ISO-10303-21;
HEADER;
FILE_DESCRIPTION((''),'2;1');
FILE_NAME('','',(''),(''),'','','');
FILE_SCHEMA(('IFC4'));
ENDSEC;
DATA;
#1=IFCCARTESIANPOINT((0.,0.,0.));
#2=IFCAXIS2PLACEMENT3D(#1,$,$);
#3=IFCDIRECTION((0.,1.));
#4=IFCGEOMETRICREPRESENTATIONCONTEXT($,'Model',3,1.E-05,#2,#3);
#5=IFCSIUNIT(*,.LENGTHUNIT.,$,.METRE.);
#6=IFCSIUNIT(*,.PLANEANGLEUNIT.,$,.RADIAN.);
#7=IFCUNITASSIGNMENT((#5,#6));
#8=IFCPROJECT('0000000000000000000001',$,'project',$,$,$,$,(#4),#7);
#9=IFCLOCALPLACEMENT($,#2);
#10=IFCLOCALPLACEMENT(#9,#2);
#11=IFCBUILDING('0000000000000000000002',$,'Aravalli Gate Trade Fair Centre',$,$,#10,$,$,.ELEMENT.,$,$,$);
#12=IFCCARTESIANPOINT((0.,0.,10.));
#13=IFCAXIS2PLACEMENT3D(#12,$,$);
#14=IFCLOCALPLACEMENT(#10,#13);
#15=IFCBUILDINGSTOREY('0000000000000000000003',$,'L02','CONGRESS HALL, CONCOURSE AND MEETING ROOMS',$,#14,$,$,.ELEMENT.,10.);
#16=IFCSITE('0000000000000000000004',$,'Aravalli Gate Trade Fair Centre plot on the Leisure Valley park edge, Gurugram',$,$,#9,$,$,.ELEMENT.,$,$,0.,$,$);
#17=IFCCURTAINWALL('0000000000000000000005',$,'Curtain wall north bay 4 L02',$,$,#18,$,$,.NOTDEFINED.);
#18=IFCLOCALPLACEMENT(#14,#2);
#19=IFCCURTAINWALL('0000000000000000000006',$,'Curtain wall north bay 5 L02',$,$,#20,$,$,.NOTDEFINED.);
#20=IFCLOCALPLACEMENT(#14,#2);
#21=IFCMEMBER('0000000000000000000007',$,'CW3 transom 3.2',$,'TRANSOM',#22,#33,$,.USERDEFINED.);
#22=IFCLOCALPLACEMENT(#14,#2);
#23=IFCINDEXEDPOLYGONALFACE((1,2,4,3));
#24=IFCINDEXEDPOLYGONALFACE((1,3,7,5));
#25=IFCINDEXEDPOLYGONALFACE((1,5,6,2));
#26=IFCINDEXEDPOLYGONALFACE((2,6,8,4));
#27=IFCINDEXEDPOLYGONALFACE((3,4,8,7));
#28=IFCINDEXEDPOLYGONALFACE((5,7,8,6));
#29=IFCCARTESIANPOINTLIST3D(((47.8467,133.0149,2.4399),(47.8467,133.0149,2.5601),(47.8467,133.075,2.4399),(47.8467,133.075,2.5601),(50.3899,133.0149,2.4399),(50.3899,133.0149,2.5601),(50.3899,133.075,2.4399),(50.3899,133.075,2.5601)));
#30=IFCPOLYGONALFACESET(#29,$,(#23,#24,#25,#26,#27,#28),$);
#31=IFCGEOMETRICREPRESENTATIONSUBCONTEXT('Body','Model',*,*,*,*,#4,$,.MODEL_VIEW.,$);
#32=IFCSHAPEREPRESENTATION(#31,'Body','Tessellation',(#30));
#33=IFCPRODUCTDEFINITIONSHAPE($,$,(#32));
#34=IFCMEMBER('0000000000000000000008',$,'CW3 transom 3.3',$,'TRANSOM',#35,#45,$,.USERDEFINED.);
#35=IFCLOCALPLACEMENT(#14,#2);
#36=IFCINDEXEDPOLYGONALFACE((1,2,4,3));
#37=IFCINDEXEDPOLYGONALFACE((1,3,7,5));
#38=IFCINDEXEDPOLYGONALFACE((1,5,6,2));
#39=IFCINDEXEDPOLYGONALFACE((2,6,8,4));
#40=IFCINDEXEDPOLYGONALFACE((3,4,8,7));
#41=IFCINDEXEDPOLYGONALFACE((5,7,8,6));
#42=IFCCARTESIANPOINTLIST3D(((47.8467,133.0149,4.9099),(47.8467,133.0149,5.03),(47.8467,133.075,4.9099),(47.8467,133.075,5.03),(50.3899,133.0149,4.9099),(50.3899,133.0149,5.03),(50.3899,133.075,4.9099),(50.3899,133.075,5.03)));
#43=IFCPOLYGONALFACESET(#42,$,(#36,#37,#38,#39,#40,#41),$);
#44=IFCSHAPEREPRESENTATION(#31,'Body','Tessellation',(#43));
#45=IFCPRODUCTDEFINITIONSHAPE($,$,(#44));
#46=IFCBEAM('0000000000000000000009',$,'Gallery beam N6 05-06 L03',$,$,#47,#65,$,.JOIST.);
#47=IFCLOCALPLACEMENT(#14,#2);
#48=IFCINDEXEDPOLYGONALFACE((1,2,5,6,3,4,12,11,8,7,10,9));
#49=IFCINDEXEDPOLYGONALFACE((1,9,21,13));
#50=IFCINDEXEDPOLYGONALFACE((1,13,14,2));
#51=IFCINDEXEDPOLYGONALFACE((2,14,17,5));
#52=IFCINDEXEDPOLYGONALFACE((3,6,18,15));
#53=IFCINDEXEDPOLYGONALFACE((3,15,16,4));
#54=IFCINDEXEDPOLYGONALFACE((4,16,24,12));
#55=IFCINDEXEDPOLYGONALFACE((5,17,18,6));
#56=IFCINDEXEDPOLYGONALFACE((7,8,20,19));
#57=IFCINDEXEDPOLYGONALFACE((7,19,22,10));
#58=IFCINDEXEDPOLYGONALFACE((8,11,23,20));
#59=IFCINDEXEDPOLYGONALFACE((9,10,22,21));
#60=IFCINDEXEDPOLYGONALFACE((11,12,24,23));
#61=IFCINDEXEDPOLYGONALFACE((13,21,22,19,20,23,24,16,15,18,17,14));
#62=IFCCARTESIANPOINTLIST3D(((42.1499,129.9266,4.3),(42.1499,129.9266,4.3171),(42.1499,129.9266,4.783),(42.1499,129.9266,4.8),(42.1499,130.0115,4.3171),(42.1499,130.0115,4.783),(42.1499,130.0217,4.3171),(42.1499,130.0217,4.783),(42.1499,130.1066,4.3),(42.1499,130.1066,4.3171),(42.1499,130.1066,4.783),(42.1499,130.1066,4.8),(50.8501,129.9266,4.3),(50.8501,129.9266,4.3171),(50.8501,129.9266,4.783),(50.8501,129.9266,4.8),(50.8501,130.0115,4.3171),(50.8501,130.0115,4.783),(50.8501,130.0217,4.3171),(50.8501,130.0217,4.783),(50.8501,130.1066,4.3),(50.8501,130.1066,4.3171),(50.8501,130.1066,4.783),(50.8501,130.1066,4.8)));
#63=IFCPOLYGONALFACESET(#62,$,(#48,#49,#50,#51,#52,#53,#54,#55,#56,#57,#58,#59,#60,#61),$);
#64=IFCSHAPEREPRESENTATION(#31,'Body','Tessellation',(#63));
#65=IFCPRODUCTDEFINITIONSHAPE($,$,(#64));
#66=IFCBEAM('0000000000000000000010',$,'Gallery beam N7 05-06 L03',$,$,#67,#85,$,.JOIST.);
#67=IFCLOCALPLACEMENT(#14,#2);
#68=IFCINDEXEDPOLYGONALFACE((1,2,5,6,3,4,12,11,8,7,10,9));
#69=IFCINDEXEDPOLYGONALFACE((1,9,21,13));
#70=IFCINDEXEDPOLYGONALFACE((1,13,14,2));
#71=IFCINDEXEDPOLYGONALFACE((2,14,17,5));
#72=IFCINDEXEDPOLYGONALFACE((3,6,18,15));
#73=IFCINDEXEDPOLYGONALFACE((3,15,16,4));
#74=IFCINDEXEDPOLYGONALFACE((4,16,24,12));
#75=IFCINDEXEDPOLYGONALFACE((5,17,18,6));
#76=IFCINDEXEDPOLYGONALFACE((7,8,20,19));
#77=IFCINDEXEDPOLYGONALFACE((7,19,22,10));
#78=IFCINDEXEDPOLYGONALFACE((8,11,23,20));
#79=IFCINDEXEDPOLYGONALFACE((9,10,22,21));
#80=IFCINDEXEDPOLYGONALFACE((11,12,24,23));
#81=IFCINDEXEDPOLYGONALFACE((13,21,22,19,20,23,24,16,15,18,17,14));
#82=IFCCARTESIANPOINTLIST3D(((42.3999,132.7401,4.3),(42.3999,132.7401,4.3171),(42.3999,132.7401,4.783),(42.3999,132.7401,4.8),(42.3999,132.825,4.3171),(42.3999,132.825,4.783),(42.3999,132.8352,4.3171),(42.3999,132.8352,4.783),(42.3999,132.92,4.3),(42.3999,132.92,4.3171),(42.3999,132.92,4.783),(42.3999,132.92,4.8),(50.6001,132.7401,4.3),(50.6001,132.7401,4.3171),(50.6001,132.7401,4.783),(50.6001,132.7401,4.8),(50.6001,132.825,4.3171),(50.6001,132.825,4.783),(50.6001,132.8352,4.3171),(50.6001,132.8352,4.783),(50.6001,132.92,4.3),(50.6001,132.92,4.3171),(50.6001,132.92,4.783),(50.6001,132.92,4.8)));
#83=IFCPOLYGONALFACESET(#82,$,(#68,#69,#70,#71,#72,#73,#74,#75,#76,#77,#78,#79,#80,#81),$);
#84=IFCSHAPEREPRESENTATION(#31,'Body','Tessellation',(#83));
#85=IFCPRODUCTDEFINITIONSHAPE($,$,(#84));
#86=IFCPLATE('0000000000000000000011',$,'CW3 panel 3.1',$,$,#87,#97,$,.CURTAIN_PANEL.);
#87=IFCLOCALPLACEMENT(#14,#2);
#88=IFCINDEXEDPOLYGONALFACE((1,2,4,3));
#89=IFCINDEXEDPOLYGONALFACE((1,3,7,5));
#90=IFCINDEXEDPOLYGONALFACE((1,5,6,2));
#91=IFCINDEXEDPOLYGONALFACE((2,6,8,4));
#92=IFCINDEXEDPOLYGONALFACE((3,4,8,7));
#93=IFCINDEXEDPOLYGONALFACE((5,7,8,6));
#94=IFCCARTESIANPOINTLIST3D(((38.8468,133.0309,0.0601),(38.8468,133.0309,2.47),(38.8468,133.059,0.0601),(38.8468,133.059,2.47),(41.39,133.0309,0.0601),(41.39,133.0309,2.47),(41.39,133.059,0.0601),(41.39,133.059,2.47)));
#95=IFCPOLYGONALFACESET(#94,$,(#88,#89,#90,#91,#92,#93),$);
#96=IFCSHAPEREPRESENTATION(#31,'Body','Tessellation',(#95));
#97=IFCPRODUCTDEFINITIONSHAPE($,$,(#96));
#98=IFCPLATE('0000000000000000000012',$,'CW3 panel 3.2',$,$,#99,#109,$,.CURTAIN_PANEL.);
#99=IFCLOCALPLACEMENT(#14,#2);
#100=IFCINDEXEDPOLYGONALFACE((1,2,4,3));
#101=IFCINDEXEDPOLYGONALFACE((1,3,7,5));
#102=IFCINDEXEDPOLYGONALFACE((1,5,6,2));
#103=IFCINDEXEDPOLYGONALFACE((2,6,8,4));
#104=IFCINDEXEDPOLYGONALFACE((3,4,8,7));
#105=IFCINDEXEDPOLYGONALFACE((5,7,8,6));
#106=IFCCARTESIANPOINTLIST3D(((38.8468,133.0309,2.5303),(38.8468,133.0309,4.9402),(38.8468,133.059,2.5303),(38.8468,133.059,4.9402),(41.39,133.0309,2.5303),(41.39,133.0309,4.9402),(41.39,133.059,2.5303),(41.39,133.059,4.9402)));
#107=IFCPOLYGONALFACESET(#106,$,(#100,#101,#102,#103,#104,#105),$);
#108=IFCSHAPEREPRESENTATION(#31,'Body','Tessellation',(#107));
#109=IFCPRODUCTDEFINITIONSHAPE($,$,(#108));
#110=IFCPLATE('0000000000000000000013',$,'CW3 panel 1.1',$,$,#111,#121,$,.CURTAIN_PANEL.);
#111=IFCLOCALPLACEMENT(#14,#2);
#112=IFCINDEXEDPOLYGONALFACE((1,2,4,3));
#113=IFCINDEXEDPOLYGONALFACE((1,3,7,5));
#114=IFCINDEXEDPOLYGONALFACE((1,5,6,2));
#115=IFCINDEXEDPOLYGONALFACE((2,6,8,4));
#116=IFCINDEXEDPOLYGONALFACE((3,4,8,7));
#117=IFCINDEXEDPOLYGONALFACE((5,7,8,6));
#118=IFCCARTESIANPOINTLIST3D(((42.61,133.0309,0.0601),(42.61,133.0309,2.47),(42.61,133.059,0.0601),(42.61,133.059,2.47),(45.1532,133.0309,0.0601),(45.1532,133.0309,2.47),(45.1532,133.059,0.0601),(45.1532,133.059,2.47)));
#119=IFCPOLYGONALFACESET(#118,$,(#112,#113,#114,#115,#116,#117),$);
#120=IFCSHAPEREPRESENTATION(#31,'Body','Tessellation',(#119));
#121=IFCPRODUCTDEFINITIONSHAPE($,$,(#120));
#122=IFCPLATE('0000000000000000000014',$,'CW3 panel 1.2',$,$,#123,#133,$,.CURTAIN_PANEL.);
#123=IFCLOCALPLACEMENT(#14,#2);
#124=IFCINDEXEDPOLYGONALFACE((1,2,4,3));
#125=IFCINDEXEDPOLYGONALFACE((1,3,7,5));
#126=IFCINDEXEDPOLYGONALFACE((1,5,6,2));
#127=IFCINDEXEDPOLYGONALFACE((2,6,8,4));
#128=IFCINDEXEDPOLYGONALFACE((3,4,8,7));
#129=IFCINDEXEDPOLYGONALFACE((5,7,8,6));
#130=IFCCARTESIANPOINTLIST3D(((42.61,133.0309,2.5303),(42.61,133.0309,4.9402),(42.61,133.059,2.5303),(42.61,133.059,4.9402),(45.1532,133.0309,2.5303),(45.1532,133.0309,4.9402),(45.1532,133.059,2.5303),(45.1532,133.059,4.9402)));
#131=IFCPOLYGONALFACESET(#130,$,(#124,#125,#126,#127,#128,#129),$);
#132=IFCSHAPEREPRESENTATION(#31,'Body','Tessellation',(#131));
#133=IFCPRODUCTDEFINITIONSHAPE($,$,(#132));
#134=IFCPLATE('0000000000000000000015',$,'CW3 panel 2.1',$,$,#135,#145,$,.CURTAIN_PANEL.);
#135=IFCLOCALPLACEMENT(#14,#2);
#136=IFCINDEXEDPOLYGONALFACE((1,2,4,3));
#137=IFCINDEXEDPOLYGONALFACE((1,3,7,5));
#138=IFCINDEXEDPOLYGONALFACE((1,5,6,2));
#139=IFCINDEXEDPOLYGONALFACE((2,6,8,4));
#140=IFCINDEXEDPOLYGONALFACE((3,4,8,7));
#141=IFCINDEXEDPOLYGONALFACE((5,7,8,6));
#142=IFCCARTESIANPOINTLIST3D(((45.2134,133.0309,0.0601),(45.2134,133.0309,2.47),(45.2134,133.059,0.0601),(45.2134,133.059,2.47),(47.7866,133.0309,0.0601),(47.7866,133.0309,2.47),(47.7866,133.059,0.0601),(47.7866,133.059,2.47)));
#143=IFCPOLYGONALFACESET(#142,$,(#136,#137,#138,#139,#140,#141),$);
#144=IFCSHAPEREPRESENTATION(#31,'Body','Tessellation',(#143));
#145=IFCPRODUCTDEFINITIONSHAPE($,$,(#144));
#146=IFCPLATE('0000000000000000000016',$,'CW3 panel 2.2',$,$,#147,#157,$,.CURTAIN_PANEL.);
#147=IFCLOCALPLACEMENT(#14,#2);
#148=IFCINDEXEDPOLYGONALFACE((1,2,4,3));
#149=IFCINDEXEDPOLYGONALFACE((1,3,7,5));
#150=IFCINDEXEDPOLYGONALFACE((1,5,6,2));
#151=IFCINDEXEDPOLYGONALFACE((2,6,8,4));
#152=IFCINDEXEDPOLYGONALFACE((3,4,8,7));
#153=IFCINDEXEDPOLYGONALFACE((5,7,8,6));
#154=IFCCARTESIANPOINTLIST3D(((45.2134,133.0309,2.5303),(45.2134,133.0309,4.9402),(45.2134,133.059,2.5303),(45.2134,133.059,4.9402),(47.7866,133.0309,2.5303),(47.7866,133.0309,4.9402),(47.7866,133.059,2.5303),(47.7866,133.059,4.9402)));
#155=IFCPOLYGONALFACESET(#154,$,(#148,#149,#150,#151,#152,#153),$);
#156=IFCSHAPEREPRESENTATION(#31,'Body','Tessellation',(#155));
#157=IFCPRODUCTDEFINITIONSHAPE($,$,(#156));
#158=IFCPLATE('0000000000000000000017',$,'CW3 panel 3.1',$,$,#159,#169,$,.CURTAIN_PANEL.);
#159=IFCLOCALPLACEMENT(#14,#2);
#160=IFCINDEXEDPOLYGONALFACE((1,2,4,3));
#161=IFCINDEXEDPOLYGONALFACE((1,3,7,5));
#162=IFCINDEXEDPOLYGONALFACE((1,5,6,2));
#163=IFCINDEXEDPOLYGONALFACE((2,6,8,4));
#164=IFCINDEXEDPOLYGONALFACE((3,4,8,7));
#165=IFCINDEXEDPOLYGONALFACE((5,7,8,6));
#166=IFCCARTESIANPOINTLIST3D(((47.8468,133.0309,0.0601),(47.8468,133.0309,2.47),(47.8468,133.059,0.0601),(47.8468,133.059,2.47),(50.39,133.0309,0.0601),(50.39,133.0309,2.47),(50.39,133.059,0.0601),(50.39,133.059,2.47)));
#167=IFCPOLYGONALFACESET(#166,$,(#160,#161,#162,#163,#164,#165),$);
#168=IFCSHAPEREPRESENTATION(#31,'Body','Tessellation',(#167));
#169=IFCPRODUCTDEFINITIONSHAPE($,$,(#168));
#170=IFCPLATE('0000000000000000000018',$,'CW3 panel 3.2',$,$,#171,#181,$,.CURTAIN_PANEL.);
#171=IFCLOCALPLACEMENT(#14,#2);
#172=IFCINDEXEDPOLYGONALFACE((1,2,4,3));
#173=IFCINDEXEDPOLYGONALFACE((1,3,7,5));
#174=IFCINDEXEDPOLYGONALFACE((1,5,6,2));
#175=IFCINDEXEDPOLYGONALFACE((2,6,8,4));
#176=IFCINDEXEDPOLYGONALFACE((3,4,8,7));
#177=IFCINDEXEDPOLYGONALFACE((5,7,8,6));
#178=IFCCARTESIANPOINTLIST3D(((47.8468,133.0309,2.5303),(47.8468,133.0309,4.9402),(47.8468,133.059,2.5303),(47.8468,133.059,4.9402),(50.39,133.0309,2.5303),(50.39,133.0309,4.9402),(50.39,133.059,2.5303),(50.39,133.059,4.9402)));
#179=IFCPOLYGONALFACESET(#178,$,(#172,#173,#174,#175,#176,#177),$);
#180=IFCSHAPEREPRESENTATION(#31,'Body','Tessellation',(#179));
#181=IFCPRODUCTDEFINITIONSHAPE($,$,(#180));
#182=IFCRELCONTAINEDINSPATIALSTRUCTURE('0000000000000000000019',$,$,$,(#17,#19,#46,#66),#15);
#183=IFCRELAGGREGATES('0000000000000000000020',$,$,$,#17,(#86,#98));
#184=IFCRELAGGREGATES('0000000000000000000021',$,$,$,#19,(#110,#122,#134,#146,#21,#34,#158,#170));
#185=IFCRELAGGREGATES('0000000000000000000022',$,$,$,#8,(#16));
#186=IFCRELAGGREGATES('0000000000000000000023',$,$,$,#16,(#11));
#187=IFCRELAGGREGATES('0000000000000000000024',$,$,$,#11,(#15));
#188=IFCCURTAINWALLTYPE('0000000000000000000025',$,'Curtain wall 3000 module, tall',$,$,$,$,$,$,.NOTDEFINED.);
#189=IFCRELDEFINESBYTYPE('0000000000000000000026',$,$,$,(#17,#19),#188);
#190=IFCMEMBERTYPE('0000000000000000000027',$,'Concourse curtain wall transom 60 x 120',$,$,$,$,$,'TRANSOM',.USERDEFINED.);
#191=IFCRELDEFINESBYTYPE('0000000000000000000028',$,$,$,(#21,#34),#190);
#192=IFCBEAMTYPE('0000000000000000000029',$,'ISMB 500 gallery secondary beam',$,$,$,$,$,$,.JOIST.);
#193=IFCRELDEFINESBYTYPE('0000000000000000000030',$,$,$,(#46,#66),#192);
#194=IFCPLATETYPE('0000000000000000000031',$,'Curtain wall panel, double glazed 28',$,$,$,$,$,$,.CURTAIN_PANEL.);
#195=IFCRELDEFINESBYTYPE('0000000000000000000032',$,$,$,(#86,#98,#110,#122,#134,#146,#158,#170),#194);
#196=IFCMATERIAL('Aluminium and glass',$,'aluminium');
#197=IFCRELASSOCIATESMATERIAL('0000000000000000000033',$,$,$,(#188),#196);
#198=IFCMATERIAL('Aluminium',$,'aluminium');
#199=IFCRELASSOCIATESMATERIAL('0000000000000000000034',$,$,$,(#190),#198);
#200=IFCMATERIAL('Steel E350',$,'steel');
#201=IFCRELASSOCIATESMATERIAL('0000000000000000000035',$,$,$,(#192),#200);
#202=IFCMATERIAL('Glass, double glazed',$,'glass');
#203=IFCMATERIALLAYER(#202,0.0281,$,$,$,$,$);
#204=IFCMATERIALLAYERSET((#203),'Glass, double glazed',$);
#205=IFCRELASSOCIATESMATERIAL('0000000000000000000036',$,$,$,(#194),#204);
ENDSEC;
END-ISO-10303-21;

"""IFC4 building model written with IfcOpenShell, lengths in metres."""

from ifc_helpers import new_model, si_unit, direction, frame, origin, origin_2d, place, context, subcontext, project, spatial, rectangle, i_section, extrude, material, layer, layer_set, material_profile, profile_set, type_object, element, aggregate, save


model = new_model("IFC4")

# Units and contexts
model_context = context("Model", 3, precision=1e-05, world=origin(), true_north=direction((0.0, 1.0)))
body_context = subcontext(model_context, "Body", "Model", "MODEL_VIEW")
ifc_project = project(units=[si_unit("LENGTHUNIT", "METRE"), si_unit("PLANEANGLEUNIT", "RADIAN")], contexts=[model_context])

# Site, building, storey
site_placement = place(None, origin())
site = spatial("IfcSite", under=ifc_project, at=site_placement, Name="Aravalli Gate Trade Fair Centre plot on the Leisure Valley park edge, Gurugram", CompositionType="ELEMENT", RefElevation=0.0)
building_placement = place(site_placement, origin())
building = spatial("IfcBuilding", under=site, at=building_placement, Name="Aravalli Gate Trade Fair Centre", CompositionType="ELEMENT")
storey_placement = place(building_placement, frame((0.0, 0.0, 10.0)))
storey = spatial("IfcBuildingStorey", under=building, at=storey_placement, Name="L02", Description="CONGRESS HALL, CONCOURSE AND MEETING ROOMS", CompositionType="ELEMENT", Elevation=10.0)

# Curtain wall
ifc_material_1 = material(Name="Aluminium and glass", Category="aluminium")
curtain_wall_type = type_object("IfcCurtainWallType", Name="Curtain wall 3000 module, tall", PredefinedType="NOTDEFINED", material=ifc_material_1)
curtain_wall_1_placement = place(storey_placement, origin())
curtain_wall_1 = element("IfcCurtainWall", 1, at=curtain_wall_1_placement, inside=storey, type_object=curtain_wall_type, Name="Curtain wall north bay 4 L02", PredefinedType="NOTDEFINED")
ifc_material_2 = material(Name="Aluminium", Category="aluminium")

# Curtain wall
curtain_wall_2_placement = place(storey_placement, origin())
curtain_wall_2 = element("IfcCurtainWall", 2, at=curtain_wall_2_placement, inside=storey, type_object=curtain_wall_type, Name="Curtain wall north bay 5 L02", PredefinedType="NOTDEFINED")

# Members
ifc_material_profile_1 = material_profile(ifc_material_2, rectangle(XDim=0.0601, YDim=0.1201, at=origin_2d()), Name="Concourse curtain wall transom 60 x 120")
ifc_profile_set_1 = profile_set([ifc_material_profile_1], Name="Aluminium")
member_type_1 = type_object("IfcMemberType", Name="Concourse curtain wall transom 60 x 120", ElementType="TRANSOM", PredefinedType="USERDEFINED", material=ifc_profile_set_1)
member_1_placement = place(storey_placement, frame((47.8467, 133.0449, 2.5), z_axis=(1.0, 0.0, 0.0), x_axis=(0.0, 1.0, 0.0)))
member_1 = element("IfcMember", 3, at=member_1_placement, type_object=member_type_1, Name="CW3 transom 3.2", ObjectType="TRANSOM", PredefinedType="USERDEFINED", context=body_context, shape_type="SweptSolid", body=[
    extrude(rectangle(XDim=0.0601, YDim=0.1201, at=origin_2d()), origin(), (0.0, 0.0, 1.0), 2.5432),
])
member_2_placement = place(storey_placement, frame((47.8467, 133.0449, 4.97), z_axis=(1.0, 0.0, 0.0), x_axis=(0.0, 1.0, 0.0)))
member_2 = element("IfcMember", 4, at=member_2_placement, type_object=member_type_1, Name="CW3 transom 3.3", ObjectType="TRANSOM", PredefinedType="USERDEFINED", context=body_context, shape_type="SweptSolid", body=[
    extrude(rectangle(XDim=0.0601, YDim=0.1201, at=origin_2d()), origin(), (0.0, 0.0, 1.0), 2.5432),
])

# Beams
ifc_material_3 = material(Name="Steel E350", Category="steel")
ifc_material_profile_2 = material_profile(ifc_material_3, i_section(OverallWidth=0.1799, OverallDepth=0.5, WebThickness=0.0103, FlangeThickness=0.0171, at=origin_2d()), Name="ISMB 500")
ifc_profile_set_2 = profile_set([ifc_material_profile_2], Name="Steel E350")
beam_type = type_object("IfcBeamType", Name="ISMB 500 gallery secondary beam", PredefinedType="JOIST", material=ifc_profile_set_2)
beam_1_placement = place(storey_placement, frame((42.1499, 130.0166, 4.55), z_axis=(1.0, 0.0, 0.0), x_axis=(0.0, 1.0, 0.0)))
element("IfcBeam", 5, at=beam_1_placement, inside=storey, type_object=beam_type, Name="Gallery beam N6 05-06 L03", PredefinedType="JOIST", context=body_context, shape_type="SweptSolid", body=[
    extrude(i_section(OverallWidth=0.1799, OverallDepth=0.5, WebThickness=0.0103, FlangeThickness=0.0171, at=origin_2d()), origin(), (0.0, 0.0, 1.0), 8.7002),
])
beam_2_placement = place(storey_placement, frame((42.3999, 132.8301, 4.55), z_axis=(1.0, 0.0, 0.0), x_axis=(0.0, 1.0, 0.0)))
element("IfcBeam", 6, at=beam_2_placement, inside=storey, type_object=beam_type, Name="Gallery beam N7 05-06 L03", PredefinedType="JOIST", context=body_context, shape_type="SweptSolid", body=[
    extrude(i_section(OverallWidth=0.1799, OverallDepth=0.5, WebThickness=0.0103, FlangeThickness=0.0171, at=origin_2d()), origin(), (0.0, 0.0, 1.0), 8.2002),
])

# Plates
ifc_material_4 = material(Name="Glass, double glazed", Category="glass")
ifc_layer = layer(ifc_material_4, 0.0281)
ifc_layer_set = layer_set([ifc_layer], Name="Glass, double glazed")
plate_type = type_object("IfcPlateType", Name="Curtain wall panel, double glazed 28", PredefinedType="CURTAIN_PANEL", material=ifc_layer_set)
plate_1_placement = place(storey_placement, frame((40.1184, 133.0449, 0.0601), z_axis=(0.0, 0.0, 1.0), x_axis=(1.0, 0.0, 0.0)))
plate_1 = element("IfcPlate", 7, at=plate_1_placement, type_object=plate_type, Name="CW3 panel 3.1", PredefinedType="CURTAIN_PANEL", context=body_context, shape_type="SweptSolid", body=[
    extrude(rectangle(XDim=2.5432, YDim=0.0281, at=origin_2d()), origin(), (0.0, 0.0, 1.0), 2.4099),
])
plate_2_placement = place(storey_placement, frame((40.1184, 133.0449, 2.5303), z_axis=(0.0, 0.0, 1.0), x_axis=(1.0, 0.0, 0.0)))
plate_2 = element("IfcPlate", 8, at=plate_2_placement, type_object=plate_type, Name="CW3 panel 3.2", PredefinedType="CURTAIN_PANEL", context=body_context, shape_type="SweptSolid", body=[
    extrude(rectangle(XDim=2.5432, YDim=0.0281, at=origin_2d()), origin(), (0.0, 0.0, 1.0), 2.4099),
])
aggregate(curtain_wall_1, [plate_1, plate_2])
plate_3_placement = place(storey_placement, frame((43.8816, 133.0449, 0.0601), z_axis=(0.0, 0.0, 1.0), x_axis=(1.0, 0.0, 0.0)))
plate_3 = element("IfcPlate", 9, at=plate_3_placement, type_object=plate_type, Name="CW3 panel 1.1", PredefinedType="CURTAIN_PANEL", context=body_context, shape_type="SweptSolid", body=[
    extrude(rectangle(XDim=2.5432, YDim=0.0281, at=origin_2d()), origin(), (0.0, 0.0, 1.0), 2.4099),
])
plate_4_placement = place(storey_placement, frame((43.8816, 133.0449, 2.5303), z_axis=(0.0, 0.0, 1.0), x_axis=(1.0, 0.0, 0.0)))
plate_4 = element("IfcPlate", 10, at=plate_4_placement, type_object=plate_type, Name="CW3 panel 1.2", PredefinedType="CURTAIN_PANEL", context=body_context, shape_type="SweptSolid", body=[
    extrude(rectangle(XDim=2.5432, YDim=0.0281, at=origin_2d()), origin(), (0.0, 0.0, 1.0), 2.4099),
])
plate_5_placement = place(storey_placement, frame((46.5, 133.0449, 0.0601), z_axis=(0.0, 0.0, 1.0), x_axis=(1.0, 0.0, 0.0)))
plate_5 = element("IfcPlate", 11, at=plate_5_placement, type_object=plate_type, Name="CW3 panel 2.1", PredefinedType="CURTAIN_PANEL", context=body_context, shape_type="SweptSolid", body=[
    extrude(rectangle(XDim=2.5732, YDim=0.0281, at=origin_2d()), origin(), (0.0, 0.0, 1.0), 2.4099),
])
plate_6_placement = place(storey_placement, frame((46.5, 133.0449, 2.5303), z_axis=(0.0, 0.0, 1.0), x_axis=(1.0, 0.0, 0.0)))
plate_6 = element("IfcPlate", 12, at=plate_6_placement, type_object=plate_type, Name="CW3 panel 2.2", PredefinedType="CURTAIN_PANEL", context=body_context, shape_type="SweptSolid", body=[
    extrude(rectangle(XDim=2.5732, YDim=0.0281, at=origin_2d()), origin(), (0.0, 0.0, 1.0), 2.4099),
])
plate_7_placement = place(storey_placement, frame((49.1184, 133.0449, 0.0601), z_axis=(0.0, 0.0, 1.0), x_axis=(1.0, 0.0, 0.0)))
plate_7 = element("IfcPlate", 13, at=plate_7_placement, type_object=plate_type, Name="CW3 panel 3.1", PredefinedType="CURTAIN_PANEL", context=body_context, shape_type="SweptSolid", body=[
    extrude(rectangle(XDim=2.5432, YDim=0.0281, at=origin_2d()), origin(), (0.0, 0.0, 1.0), 2.4099),
])
plate_8_placement = place(storey_placement, frame((49.1184, 133.0449, 2.5303), z_axis=(0.0, 0.0, 1.0), x_axis=(1.0, 0.0, 0.0)))
plate_8 = element("IfcPlate", 14, at=plate_8_placement, type_object=plate_type, Name="CW3 panel 3.2", PredefinedType="CURTAIN_PANEL", context=body_context, shape_type="SweptSolid", body=[
    extrude(rectangle(XDim=2.5432, YDim=0.0281, at=origin_2d()), origin(), (0.0, 0.0, 1.0), 2.4099),
])
aggregate(curtain_wall_2, [plate_3, plate_4, plate_5, plate_6, member_1, member_2, plate_7, plate_8])

save(model, "model.ifc")
